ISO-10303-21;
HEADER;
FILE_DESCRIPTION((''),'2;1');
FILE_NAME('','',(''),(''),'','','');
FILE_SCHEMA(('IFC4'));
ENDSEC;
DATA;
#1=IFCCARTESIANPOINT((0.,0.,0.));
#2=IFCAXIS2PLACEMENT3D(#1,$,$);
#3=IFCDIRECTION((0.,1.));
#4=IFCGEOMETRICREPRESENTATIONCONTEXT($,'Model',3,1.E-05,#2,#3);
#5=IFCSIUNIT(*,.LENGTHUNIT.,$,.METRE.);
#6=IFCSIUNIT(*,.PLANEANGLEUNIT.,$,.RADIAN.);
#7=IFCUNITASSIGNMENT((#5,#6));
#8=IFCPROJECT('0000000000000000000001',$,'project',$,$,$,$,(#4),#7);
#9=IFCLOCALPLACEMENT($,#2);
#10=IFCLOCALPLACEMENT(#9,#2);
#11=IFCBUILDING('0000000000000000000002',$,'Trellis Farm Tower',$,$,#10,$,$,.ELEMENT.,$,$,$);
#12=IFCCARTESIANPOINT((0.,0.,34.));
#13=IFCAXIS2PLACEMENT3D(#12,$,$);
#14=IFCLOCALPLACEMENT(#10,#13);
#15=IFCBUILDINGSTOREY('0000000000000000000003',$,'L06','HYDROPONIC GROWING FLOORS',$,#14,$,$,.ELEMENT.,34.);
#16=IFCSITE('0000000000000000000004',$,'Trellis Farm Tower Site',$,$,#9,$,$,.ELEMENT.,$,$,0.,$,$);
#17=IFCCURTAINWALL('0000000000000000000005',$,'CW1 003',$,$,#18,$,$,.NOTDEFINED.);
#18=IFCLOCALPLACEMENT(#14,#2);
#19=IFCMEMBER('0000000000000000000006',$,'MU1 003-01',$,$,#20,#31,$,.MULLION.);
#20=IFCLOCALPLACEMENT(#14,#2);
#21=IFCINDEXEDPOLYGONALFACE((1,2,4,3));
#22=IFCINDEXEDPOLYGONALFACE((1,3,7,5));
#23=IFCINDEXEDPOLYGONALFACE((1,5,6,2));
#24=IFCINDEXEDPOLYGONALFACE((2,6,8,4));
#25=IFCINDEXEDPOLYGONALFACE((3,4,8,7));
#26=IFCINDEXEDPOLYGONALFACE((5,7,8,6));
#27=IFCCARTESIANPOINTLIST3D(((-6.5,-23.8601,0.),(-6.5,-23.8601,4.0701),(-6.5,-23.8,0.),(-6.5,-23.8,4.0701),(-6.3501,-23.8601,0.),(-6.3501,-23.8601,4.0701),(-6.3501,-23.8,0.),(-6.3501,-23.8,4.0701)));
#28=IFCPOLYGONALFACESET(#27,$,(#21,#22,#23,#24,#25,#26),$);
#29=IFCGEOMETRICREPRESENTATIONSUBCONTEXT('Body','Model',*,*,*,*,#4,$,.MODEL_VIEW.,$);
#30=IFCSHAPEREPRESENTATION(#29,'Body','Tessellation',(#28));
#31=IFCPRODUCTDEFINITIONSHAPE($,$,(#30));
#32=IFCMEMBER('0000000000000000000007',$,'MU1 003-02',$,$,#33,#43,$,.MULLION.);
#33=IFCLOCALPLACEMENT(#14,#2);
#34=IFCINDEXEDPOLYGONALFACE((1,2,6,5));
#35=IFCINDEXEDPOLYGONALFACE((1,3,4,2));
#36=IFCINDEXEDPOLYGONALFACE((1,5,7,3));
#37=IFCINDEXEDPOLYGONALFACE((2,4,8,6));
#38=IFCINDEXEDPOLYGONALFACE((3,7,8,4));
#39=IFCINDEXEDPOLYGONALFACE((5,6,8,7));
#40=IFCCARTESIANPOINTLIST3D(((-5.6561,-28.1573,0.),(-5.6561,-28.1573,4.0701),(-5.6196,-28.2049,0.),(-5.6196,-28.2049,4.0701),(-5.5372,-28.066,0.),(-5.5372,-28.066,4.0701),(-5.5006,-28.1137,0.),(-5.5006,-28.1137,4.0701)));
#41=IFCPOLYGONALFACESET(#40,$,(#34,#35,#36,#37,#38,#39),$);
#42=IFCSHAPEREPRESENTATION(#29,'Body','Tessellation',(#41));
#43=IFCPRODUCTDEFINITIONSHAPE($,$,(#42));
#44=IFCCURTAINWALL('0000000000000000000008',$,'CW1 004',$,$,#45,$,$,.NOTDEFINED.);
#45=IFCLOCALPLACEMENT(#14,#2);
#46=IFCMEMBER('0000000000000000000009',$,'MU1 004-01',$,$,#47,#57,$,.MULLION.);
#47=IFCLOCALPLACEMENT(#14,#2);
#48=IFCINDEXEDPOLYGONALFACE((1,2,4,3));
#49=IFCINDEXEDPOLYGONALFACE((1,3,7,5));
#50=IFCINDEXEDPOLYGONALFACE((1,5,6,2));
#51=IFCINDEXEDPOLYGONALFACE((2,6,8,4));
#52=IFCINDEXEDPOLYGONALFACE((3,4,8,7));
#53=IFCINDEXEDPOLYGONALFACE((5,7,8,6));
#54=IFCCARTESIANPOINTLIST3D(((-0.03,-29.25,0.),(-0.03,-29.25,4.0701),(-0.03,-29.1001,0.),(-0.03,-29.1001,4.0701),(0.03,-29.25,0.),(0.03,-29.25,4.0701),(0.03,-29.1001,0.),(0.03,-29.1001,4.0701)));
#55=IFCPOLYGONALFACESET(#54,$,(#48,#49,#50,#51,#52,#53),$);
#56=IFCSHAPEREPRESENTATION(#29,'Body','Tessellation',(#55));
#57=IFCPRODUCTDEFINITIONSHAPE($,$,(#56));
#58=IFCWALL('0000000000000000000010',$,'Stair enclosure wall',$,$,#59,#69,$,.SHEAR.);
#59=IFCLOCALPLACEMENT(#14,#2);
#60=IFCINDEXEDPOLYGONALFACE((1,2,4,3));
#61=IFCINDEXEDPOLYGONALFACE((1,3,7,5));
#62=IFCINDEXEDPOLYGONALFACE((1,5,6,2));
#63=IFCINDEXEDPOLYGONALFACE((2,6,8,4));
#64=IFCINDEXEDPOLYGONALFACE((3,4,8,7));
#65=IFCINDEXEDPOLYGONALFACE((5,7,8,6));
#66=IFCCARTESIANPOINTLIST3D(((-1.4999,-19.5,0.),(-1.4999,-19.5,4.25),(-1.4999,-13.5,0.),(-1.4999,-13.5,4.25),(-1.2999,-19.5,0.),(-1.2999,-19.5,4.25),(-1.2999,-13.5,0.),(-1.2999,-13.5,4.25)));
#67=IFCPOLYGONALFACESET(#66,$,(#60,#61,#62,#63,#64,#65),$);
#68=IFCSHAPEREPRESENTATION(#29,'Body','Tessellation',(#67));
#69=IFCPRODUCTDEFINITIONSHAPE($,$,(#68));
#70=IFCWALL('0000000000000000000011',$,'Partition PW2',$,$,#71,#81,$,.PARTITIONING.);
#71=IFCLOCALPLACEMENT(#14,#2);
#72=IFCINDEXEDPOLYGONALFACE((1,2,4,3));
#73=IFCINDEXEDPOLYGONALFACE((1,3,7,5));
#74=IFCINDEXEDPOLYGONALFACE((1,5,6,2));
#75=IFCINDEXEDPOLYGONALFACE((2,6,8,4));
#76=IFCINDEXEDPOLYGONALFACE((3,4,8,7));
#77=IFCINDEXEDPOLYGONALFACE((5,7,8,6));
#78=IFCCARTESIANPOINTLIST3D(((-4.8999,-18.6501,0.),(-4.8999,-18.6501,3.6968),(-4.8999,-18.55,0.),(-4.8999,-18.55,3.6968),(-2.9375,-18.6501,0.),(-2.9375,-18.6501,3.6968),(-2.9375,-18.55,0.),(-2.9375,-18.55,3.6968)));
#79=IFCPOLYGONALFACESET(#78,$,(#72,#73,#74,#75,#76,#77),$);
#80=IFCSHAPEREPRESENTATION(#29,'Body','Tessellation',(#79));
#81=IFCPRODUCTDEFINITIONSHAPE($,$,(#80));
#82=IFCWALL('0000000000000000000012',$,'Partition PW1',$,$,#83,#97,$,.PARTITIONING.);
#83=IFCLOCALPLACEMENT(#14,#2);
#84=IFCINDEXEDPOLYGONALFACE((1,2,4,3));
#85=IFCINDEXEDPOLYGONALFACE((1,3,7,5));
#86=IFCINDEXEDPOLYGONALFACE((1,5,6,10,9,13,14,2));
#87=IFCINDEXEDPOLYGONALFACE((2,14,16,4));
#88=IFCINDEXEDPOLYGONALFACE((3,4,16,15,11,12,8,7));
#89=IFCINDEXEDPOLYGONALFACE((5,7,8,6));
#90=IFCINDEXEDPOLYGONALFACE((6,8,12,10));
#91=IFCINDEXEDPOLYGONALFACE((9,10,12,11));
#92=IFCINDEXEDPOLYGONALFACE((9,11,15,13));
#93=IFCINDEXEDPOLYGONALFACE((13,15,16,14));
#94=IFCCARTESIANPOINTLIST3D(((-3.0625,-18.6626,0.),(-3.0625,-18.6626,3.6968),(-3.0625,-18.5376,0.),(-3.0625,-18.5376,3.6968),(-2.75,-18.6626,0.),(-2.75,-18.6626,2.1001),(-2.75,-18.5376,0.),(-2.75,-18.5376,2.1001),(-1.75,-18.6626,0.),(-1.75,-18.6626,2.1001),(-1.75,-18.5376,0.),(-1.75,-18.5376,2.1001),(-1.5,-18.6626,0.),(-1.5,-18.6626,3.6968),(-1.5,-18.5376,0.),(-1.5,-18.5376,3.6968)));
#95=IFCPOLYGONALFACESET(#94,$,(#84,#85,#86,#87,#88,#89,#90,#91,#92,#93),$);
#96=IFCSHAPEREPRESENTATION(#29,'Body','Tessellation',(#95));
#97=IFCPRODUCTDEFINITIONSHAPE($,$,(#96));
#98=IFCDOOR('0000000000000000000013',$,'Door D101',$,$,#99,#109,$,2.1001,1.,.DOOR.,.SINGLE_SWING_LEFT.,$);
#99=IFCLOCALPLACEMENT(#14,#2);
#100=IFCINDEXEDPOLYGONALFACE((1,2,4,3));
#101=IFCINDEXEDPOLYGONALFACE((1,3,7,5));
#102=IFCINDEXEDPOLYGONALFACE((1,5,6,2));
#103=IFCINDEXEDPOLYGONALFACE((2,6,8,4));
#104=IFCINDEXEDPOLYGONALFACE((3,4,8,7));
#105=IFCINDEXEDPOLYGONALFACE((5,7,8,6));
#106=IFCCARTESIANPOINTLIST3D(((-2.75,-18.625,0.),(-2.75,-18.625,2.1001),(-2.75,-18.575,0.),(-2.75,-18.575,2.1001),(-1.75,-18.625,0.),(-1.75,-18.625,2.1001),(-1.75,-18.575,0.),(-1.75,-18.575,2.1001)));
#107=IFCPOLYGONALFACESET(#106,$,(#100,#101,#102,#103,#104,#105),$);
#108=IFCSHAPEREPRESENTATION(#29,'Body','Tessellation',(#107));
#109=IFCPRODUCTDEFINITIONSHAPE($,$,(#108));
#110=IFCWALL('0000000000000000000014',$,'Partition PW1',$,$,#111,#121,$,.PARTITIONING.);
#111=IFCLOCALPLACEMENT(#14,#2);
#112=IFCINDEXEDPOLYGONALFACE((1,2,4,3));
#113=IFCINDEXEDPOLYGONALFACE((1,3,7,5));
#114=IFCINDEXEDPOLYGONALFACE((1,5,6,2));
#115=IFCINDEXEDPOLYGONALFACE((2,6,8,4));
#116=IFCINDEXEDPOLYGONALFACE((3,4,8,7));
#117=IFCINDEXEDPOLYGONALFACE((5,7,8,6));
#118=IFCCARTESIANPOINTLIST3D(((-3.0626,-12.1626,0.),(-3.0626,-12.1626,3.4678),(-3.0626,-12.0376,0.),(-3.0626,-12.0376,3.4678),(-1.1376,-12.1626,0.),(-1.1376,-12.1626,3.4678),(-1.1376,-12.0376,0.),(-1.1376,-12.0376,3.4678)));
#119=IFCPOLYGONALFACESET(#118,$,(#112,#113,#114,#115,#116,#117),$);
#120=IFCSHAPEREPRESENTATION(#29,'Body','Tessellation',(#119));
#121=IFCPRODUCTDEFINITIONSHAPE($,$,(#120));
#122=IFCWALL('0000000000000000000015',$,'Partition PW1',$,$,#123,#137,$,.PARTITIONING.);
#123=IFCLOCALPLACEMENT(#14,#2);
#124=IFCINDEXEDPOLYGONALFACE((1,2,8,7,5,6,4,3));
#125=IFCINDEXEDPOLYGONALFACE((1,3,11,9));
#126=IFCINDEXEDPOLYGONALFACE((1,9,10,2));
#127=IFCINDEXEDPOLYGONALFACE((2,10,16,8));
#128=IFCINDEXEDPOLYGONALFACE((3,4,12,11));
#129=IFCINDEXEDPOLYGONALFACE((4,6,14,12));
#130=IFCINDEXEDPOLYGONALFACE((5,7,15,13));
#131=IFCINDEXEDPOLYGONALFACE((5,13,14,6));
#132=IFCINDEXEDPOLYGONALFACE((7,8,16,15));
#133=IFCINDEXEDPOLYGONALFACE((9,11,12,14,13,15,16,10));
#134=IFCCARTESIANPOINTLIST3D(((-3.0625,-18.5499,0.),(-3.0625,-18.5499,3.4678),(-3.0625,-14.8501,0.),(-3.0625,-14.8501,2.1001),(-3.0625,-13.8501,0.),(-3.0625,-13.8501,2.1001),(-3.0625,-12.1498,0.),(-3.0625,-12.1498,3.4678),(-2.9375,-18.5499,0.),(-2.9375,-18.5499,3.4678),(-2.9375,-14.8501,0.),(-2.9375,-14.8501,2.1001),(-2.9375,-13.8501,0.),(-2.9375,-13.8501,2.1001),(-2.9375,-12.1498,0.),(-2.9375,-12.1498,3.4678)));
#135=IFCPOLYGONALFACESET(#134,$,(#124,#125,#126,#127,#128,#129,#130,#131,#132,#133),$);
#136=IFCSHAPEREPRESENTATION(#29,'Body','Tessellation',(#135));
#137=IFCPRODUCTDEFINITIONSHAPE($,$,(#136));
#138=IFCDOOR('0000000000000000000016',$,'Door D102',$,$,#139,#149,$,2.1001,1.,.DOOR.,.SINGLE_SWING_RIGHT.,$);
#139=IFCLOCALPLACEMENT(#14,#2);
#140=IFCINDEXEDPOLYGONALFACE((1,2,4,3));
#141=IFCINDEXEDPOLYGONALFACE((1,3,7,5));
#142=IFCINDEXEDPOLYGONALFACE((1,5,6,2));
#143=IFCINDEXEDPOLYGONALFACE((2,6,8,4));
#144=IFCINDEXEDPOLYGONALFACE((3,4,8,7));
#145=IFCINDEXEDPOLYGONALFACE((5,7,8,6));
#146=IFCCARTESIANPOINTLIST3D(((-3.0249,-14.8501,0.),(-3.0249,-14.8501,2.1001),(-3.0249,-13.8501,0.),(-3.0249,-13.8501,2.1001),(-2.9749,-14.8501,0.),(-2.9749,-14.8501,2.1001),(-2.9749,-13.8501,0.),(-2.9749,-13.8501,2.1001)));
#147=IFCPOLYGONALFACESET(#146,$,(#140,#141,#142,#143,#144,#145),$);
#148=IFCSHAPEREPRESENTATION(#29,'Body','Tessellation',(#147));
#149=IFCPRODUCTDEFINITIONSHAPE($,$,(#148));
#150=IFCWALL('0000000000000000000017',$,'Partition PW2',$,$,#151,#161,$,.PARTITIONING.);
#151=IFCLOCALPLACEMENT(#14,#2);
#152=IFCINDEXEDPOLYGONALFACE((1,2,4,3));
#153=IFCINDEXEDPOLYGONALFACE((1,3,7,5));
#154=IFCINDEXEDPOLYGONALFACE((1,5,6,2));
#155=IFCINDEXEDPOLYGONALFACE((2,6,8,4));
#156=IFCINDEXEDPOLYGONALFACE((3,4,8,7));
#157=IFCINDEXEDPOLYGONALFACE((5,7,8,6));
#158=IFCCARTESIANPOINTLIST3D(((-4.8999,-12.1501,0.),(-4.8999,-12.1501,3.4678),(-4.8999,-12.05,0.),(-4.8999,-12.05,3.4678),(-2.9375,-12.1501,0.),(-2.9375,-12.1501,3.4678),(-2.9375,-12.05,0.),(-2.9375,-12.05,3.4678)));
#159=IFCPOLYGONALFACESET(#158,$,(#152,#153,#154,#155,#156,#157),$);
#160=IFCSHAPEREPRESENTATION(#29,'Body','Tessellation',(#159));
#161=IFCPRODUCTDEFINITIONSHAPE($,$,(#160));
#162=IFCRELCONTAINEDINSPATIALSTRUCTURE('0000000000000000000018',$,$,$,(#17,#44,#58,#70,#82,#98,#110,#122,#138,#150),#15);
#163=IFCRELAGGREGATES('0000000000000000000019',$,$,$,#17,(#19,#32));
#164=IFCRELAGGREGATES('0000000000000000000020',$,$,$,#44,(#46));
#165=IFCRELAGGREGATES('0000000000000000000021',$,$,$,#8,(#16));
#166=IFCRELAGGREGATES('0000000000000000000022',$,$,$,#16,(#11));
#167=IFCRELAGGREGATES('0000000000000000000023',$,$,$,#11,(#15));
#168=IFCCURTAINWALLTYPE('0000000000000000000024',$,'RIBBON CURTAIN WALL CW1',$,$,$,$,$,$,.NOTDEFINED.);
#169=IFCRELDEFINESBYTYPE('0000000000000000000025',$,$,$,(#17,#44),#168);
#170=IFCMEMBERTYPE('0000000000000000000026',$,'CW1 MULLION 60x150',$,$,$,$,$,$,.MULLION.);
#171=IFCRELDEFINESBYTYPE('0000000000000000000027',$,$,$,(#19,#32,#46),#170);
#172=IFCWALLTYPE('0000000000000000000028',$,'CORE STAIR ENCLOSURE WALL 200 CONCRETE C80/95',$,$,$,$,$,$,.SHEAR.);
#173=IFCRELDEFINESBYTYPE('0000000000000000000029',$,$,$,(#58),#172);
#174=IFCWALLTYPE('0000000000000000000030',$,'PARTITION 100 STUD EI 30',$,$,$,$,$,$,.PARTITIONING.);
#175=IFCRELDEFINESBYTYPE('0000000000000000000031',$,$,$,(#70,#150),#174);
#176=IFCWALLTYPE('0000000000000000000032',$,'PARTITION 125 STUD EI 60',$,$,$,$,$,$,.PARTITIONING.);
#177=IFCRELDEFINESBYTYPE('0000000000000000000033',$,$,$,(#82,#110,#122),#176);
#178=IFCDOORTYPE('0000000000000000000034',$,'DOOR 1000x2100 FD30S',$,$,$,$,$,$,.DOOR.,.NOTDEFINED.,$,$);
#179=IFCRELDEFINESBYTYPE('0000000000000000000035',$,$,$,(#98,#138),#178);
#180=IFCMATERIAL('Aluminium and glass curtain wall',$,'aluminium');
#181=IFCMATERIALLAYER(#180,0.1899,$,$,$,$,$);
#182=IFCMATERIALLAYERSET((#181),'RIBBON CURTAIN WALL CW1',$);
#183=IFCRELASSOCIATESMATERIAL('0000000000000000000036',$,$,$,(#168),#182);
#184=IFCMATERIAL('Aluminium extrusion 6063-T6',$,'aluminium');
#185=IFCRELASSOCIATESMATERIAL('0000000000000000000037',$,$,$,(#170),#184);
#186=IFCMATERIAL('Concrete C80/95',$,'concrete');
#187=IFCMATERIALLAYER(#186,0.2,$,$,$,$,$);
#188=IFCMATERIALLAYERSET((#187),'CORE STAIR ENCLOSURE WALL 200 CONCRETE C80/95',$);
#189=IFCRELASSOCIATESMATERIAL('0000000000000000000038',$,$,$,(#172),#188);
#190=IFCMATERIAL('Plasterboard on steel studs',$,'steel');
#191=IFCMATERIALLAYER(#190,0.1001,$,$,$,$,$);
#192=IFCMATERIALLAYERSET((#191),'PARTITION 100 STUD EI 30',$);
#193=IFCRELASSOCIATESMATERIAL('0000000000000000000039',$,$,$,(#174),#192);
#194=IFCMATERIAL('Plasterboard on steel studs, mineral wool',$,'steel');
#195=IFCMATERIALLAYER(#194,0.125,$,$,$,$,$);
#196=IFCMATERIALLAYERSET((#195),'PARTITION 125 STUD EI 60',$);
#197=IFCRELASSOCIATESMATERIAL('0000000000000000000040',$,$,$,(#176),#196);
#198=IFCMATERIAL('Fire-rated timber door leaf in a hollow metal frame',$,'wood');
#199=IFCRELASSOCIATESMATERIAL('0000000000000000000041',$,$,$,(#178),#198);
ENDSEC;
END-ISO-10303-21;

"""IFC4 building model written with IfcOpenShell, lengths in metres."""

from ifc_helpers import new_model, si_unit, direction, frame, frame_2d, origin, origin_2d, place, context, subcontext, project, spatial, rectangle, extrude, source, transform, mapped, material, layer, layer_set, material_profile, profile_set, type_object, element, fill, aggregate, save


model = new_model("IFC4")

# Units and contexts
model_context = context("Model", 3, precision=1e-05, world=origin(), true_north=direction((0.0, 1.0)))
body_context = subcontext(model_context, "Body", "Model", "MODEL_VIEW")
ifc_project = project(units=[si_unit("LENGTHUNIT", "METRE"), si_unit("PLANEANGLEUNIT", "RADIAN")], contexts=[model_context])

# Site, building, storey
site_placement = place(None, origin())
site = spatial("IfcSite", under=ifc_project, at=site_placement, Name="Trellis Farm Tower Site", CompositionType="ELEMENT", RefElevation=0.0)
building_placement = place(site_placement, origin())
building = spatial("IfcBuilding", under=site, at=building_placement, Name="Trellis Farm Tower", CompositionType="ELEMENT")
storey_placement = place(building_placement, frame((0.0, 0.0, 34.0)))
storey = spatial("IfcBuildingStorey", under=building, at=storey_placement, Name="L06", Description="HYDROPONIC GROWING FLOORS", CompositionType="ELEMENT", Elevation=34.0)

# Shared definitions
ifc_material_1 = material(Name="Concrete C80/95", Category="concrete")

# Curtain wall, members
ifc_material_2 = material(Name="Aluminium and glass curtain wall", Category="aluminium")
ifc_layer_1 = layer(ifc_material_2, 0.1899)
ifc_layer_set_1 = layer_set([ifc_layer_1], Name="RIBBON CURTAIN WALL CW1")
curtain_wall_type = type_object("IfcCurtainWallType", Name="RIBBON CURTAIN WALL CW1", PredefinedType="NOTDEFINED", material=ifc_layer_set_1)
placement = place(storey_placement, origin())
ifc_material_3 = material(Name="Aluminium extrusion 6063-T6", Category="aluminium")
ifc_material_profile_1 = material_profile(ifc_material_3, rectangle(XDim=0.0601, YDim=0.1499, at=origin_2d()), Name="MULLION 60x150")
ifc_profile_set_1 = profile_set([ifc_material_profile_1], Name="Aluminium extrusion 6063-T6")
member_type = type_object("IfcMemberType", Name="CW1 MULLION 60x150", PredefinedType="MULLION", material=ifc_profile_set_1)
shared_shape_1 = source(origin(), body_context, "Body", "SweptSolid", [
    extrude(rectangle(XDim=0.0601, YDim=0.1499, at=origin_2d()), origin(), (0.0, 0.0, 1.0), 4.0701),
])
curtain_wall_1 = element("IfcCurtainWall", 1, at=placement, inside=storey, type_object=curtain_wall_type, Name="CW1 003", PredefinedType="NOTDEFINED")
member_1_placement = place(storey_placement, frame((-6.425, -23.8301, 0.0), z_axis=(0.0, 0.0, 1.0), x_axis=(0.0, -1.0, 0.0)))
member_1 = element("IfcMember", 2, at=member_1_placement, type_object=member_type, Name="MU1 003-01", PredefinedType="MULLION", context=body_context, shape_type="MappedRepresentation", body=[
    mapped(shared_shape_1, transform((0.0, 0.0, 0.0))),
])
member_2_placement = place(storey_placement, frame((-5.5784, -28.1355, 0.0), z_axis=(0.0, 0.0, 1.0), x_axis=(0.608761, -0.793353, 0.0)))
member_2 = element("IfcMember", 3, at=member_2_placement, type_object=member_type, Name="MU1 003-02", PredefinedType="MULLION", context=body_context, shape_type="MappedRepresentation", body=[
    mapped(shared_shape_1, transform((0.0, 0.0, 0.0))),
])
aggregate(curtain_wall_1, [member_1, member_2])

# Curtain wall, member
curtain_wall_2 = element("IfcCurtainWall", 4, at=placement, inside=storey, type_object=curtain_wall_type, Name="CW1 004", PredefinedType="NOTDEFINED")
member_3_placement = place(storey_placement, frame((0.0, -29.175, 0.0), z_axis=(0.0, 0.0, 1.0), x_axis=(1.0, 0.0, 0.0)))
member_3 = element("IfcMember", 5, at=member_3_placement, type_object=member_type, Name="MU1 004-01", PredefinedType="MULLION", context=body_context, shape_type="MappedRepresentation", body=[
    mapped(shared_shape_1, transform((0.0, 0.0, 0.0))),
])
aggregate(curtain_wall_2, [member_3])

# Wall
ifc_layer_2 = layer(ifc_material_1, 0.2)
ifc_layer_set_2 = layer_set([ifc_layer_2], Name="CORE STAIR ENCLOSURE WALL 200 CONCRETE C80/95")
wall_type_1 = type_object("IfcWallType", Name="CORE STAIR ENCLOSURE WALL 200 CONCRETE C80/95", PredefinedType="SHEAR", material=ifc_layer_set_2)
shared_shape_2 = source(origin(), body_context, "Body", "SweptSolid", [
    extrude(rectangle(XDim=6.0, YDim=0.2, at=frame_2d((3.0, 0.0))), origin(), (0.0, 0.0, 1.0), 4.25),
])
wall_1_placement = place(storey_placement, frame((-1.3999, -13.5, 0.0), z_axis=(0.0, 0.0, 1.0), x_axis=(0.0, -1.0, 0.0)))
element("IfcWall", 6, at=wall_1_placement, inside=storey, type_object=wall_type_1, Name="Stair enclosure wall", PredefinedType="SHEAR", context=body_context, shape_type="MappedRepresentation", body=[
    mapped(shared_shape_2, transform((0.0, 0.0, 0.0))),
])

# Wall
ifc_material_4 = material(Name="Plasterboard on steel studs", Category="steel")
ifc_layer_3 = layer(ifc_material_4, 0.1001)
ifc_layer_set_3 = layer_set([ifc_layer_3], Name="PARTITION 100 STUD EI 30")
wall_type_2 = type_object("IfcWallType", Name="PARTITION 100 STUD EI 30", PredefinedType="PARTITIONING", material=ifc_layer_set_3)
shared_shape_3 = source(origin(), body_context, "Body", "SweptSolid", [
    extrude(rectangle(XDim=1.9624, YDim=0.1001, at=frame_2d((0.9812, 0.0))), origin(), (0.0, 0.0, 1.0), 3.6968),
])
wall_2_placement = place(storey_placement, frame((-4.8999, -18.6001, 0.0), z_axis=(0.0, 0.0, 1.0), x_axis=(1.0, 0.0, 0.0)))
element("IfcWall", 7, at=wall_2_placement, inside=storey, type_object=wall_type_2, Name="Partition PW2", PredefinedType="PARTITIONING", context=body_context, shape_type="MappedRepresentation", body=[
    mapped(shared_shape_3, transform((0.0, 0.0, 0.0))),
])

# Wall, opening, door
ifc_material_5 = material(Name="Plasterboard on steel studs, mineral wool", Category="steel")
ifc_layer_4 = layer(ifc_material_5, 0.125)
ifc_layer_set_4 = layer_set([ifc_layer_4], Name="PARTITION 125 STUD EI 60")
wall_type_3 = type_object("IfcWallType", Name="PARTITION 125 STUD EI 60", PredefinedType="PARTITIONING", material=ifc_layer_set_4)
shared_shape_4 = source(origin(), body_context, "Body", "SweptSolid", [
    extrude(rectangle(XDim=1.5625, YDim=0.125, at=frame_2d((0.7812, 0.0))), origin(), (0.0, 0.0, 1.0), 3.6968),
])
wall_3_placement = place(storey_placement, frame((-1.5, -18.6001, 0.0), z_axis=(0.0, 0.0, 1.0), x_axis=(-1.0, 0.0, 0.0)))
wall_3 = element("IfcWall", 8, at=wall_3_placement, inside=storey, type_object=wall_type_3, Name="Partition PW1", PredefinedType="PARTITIONING", context=body_context, shape_type="MappedRepresentation", body=[
    mapped(shared_shape_4, transform((0.0, 0.0, 0.0))),
])
shared_shape_5 = source(origin(), body_context, "Body", "SweptSolid", [
    extrude(rectangle(XDim=1.0, YDim=2.1001, at=frame_2d((0.5, 1.05))), frame((0.0, 0.0725, 0.0), z_axis=(0.0, -1.0, 0.0), x_axis=(1.0, 0.0, 0.0)), (0.0, 0.0, 1.0), 0.145),
])
opening_1_placement = place(wall_3_placement, frame((0.25, 0.0, 0.0)))
opening_1 = element("IfcOpeningElement", 9, at=opening_1_placement, cuts=wall_3, PredefinedType="OPENING", context=body_context, shape_type="MappedRepresentation", body=[
    mapped(shared_shape_5, transform((0.0, 0.0, 0.0))),
])
ifc_material_6 = material(Name="Fire-rated timber door leaf in a hollow metal frame", Category="wood")
door_type_1 = type_object("IfcDoorType", Name="DOOR 1000x2100 FD30S", OperationType="NOTDEFINED", PredefinedType="DOOR", material=ifc_material_6)
shared_shape_6 = source(origin(), body_context, "Body", "SweptSolid", [
    extrude(rectangle(XDim=1.0, YDim=2.1001, at=frame_2d((0.5, 1.05))), frame((0.0, 0.0249, 0.0), z_axis=(0.0, -1.0, 0.0), x_axis=(1.0, 0.0, 0.0)), (0.0, 0.0, 1.0), 0.05),
])
door_1_placement = place(opening_1_placement, origin())
door_1 = element("IfcDoor", 10, at=door_1_placement, inside=storey, type_object=door_type_1, Name="Door D101", OperationType="SINGLE_SWING_LEFT", OverallHeight=2.1001, OverallWidth=1.0, PredefinedType="DOOR", context=body_context, shape_type="MappedRepresentation", body=[
    mapped(shared_shape_6, transform((0.0, 0.0, 0.0))),
])
fill(opening_1, door_1)

# Wall
shared_shape_7 = source(origin(), body_context, "Body", "SweptSolid", [
    extrude(rectangle(XDim=1.925, YDim=0.125, at=frame_2d((0.9624, 0.0))), origin(), (0.0, 0.0, 1.0), 3.4678),
])
wall_4_placement = place(storey_placement, frame((-3.0625, -12.1001, 0.0), z_axis=(0.0, 0.0, 1.0), x_axis=(1.0, 0.0, 0.0)))
element("IfcWall", 11, at=wall_4_placement, inside=storey, type_object=wall_type_3, Name="Partition PW1", PredefinedType="PARTITIONING", context=body_context, shape_type="MappedRepresentation", body=[
    mapped(shared_shape_7, transform((0.0, 0.0, 0.0))),
])

# Wall, opening, door
shared_shape_8 = source(origin(), body_context, "Body", "SweptSolid", [
    extrude(rectangle(XDim=6.4001, YDim=0.125, at=frame_2d((3.2002, 0.0))), origin(), (0.0, 0.0, 1.0), 3.4678),
])
wall_5_placement = place(storey_placement, frame((-3.0, -18.55, 0.0), z_axis=(0.0, 0.0, 1.0), x_axis=(0.0, 1.0, 0.0)))
wall_5 = element("IfcWall", 12, at=wall_5_placement, inside=storey, type_object=wall_type_3, Name="Partition PW1", PredefinedType="PARTITIONING", context=body_context, shape_type="MappedRepresentation", body=[
    mapped(shared_shape_8, transform((0.0, 0.0, 0.0))),
])
opening_2_placement = place(wall_5_placement, frame((3.7, 0.0, 0.0)))
opening_2 = element("IfcOpeningElement", 13, at=opening_2_placement, cuts=wall_5, PredefinedType="OPENING", context=body_context, shape_type="MappedRepresentation", body=[
    mapped(shared_shape_5, transform((0.0, 0.0, 0.0))),
])
door_2_placement = place(opening_2_placement, origin())
door_2 = element("IfcDoor", 14, at=door_2_placement, inside=storey, type_object=door_type_1, Name="Door D102", OperationType="SINGLE_SWING_RIGHT", OverallHeight=2.1001, OverallWidth=1.0, PredefinedType="DOOR", context=body_context, shape_type="MappedRepresentation", body=[
    mapped(shared_shape_6, transform((0.0, 0.0, 0.0))),
])
fill(opening_2, door_2)

# Wall
shared_shape_9 = source(origin(), body_context, "Body", "SweptSolid", [
    extrude(rectangle(XDim=1.9624, YDim=0.1001, at=frame_2d((0.9812, 0.0))), origin(), (0.0, 0.0, 1.0), 3.4678),
])
wall_6_placement = place(storey_placement, frame((-4.8999, -12.1001, 0.0), z_axis=(0.0, 0.0, 1.0), x_axis=(1.0, 0.0, 0.0)))
element("IfcWall", 15, at=wall_6_placement, inside=storey, type_object=wall_type_2, Name="Partition PW2", PredefinedType="PARTITIONING", context=body_context, shape_type="MappedRepresentation", body=[
    mapped(shared_shape_9, transform((0.0, 0.0, 0.0))),
])

save(model, "model.ifc")
